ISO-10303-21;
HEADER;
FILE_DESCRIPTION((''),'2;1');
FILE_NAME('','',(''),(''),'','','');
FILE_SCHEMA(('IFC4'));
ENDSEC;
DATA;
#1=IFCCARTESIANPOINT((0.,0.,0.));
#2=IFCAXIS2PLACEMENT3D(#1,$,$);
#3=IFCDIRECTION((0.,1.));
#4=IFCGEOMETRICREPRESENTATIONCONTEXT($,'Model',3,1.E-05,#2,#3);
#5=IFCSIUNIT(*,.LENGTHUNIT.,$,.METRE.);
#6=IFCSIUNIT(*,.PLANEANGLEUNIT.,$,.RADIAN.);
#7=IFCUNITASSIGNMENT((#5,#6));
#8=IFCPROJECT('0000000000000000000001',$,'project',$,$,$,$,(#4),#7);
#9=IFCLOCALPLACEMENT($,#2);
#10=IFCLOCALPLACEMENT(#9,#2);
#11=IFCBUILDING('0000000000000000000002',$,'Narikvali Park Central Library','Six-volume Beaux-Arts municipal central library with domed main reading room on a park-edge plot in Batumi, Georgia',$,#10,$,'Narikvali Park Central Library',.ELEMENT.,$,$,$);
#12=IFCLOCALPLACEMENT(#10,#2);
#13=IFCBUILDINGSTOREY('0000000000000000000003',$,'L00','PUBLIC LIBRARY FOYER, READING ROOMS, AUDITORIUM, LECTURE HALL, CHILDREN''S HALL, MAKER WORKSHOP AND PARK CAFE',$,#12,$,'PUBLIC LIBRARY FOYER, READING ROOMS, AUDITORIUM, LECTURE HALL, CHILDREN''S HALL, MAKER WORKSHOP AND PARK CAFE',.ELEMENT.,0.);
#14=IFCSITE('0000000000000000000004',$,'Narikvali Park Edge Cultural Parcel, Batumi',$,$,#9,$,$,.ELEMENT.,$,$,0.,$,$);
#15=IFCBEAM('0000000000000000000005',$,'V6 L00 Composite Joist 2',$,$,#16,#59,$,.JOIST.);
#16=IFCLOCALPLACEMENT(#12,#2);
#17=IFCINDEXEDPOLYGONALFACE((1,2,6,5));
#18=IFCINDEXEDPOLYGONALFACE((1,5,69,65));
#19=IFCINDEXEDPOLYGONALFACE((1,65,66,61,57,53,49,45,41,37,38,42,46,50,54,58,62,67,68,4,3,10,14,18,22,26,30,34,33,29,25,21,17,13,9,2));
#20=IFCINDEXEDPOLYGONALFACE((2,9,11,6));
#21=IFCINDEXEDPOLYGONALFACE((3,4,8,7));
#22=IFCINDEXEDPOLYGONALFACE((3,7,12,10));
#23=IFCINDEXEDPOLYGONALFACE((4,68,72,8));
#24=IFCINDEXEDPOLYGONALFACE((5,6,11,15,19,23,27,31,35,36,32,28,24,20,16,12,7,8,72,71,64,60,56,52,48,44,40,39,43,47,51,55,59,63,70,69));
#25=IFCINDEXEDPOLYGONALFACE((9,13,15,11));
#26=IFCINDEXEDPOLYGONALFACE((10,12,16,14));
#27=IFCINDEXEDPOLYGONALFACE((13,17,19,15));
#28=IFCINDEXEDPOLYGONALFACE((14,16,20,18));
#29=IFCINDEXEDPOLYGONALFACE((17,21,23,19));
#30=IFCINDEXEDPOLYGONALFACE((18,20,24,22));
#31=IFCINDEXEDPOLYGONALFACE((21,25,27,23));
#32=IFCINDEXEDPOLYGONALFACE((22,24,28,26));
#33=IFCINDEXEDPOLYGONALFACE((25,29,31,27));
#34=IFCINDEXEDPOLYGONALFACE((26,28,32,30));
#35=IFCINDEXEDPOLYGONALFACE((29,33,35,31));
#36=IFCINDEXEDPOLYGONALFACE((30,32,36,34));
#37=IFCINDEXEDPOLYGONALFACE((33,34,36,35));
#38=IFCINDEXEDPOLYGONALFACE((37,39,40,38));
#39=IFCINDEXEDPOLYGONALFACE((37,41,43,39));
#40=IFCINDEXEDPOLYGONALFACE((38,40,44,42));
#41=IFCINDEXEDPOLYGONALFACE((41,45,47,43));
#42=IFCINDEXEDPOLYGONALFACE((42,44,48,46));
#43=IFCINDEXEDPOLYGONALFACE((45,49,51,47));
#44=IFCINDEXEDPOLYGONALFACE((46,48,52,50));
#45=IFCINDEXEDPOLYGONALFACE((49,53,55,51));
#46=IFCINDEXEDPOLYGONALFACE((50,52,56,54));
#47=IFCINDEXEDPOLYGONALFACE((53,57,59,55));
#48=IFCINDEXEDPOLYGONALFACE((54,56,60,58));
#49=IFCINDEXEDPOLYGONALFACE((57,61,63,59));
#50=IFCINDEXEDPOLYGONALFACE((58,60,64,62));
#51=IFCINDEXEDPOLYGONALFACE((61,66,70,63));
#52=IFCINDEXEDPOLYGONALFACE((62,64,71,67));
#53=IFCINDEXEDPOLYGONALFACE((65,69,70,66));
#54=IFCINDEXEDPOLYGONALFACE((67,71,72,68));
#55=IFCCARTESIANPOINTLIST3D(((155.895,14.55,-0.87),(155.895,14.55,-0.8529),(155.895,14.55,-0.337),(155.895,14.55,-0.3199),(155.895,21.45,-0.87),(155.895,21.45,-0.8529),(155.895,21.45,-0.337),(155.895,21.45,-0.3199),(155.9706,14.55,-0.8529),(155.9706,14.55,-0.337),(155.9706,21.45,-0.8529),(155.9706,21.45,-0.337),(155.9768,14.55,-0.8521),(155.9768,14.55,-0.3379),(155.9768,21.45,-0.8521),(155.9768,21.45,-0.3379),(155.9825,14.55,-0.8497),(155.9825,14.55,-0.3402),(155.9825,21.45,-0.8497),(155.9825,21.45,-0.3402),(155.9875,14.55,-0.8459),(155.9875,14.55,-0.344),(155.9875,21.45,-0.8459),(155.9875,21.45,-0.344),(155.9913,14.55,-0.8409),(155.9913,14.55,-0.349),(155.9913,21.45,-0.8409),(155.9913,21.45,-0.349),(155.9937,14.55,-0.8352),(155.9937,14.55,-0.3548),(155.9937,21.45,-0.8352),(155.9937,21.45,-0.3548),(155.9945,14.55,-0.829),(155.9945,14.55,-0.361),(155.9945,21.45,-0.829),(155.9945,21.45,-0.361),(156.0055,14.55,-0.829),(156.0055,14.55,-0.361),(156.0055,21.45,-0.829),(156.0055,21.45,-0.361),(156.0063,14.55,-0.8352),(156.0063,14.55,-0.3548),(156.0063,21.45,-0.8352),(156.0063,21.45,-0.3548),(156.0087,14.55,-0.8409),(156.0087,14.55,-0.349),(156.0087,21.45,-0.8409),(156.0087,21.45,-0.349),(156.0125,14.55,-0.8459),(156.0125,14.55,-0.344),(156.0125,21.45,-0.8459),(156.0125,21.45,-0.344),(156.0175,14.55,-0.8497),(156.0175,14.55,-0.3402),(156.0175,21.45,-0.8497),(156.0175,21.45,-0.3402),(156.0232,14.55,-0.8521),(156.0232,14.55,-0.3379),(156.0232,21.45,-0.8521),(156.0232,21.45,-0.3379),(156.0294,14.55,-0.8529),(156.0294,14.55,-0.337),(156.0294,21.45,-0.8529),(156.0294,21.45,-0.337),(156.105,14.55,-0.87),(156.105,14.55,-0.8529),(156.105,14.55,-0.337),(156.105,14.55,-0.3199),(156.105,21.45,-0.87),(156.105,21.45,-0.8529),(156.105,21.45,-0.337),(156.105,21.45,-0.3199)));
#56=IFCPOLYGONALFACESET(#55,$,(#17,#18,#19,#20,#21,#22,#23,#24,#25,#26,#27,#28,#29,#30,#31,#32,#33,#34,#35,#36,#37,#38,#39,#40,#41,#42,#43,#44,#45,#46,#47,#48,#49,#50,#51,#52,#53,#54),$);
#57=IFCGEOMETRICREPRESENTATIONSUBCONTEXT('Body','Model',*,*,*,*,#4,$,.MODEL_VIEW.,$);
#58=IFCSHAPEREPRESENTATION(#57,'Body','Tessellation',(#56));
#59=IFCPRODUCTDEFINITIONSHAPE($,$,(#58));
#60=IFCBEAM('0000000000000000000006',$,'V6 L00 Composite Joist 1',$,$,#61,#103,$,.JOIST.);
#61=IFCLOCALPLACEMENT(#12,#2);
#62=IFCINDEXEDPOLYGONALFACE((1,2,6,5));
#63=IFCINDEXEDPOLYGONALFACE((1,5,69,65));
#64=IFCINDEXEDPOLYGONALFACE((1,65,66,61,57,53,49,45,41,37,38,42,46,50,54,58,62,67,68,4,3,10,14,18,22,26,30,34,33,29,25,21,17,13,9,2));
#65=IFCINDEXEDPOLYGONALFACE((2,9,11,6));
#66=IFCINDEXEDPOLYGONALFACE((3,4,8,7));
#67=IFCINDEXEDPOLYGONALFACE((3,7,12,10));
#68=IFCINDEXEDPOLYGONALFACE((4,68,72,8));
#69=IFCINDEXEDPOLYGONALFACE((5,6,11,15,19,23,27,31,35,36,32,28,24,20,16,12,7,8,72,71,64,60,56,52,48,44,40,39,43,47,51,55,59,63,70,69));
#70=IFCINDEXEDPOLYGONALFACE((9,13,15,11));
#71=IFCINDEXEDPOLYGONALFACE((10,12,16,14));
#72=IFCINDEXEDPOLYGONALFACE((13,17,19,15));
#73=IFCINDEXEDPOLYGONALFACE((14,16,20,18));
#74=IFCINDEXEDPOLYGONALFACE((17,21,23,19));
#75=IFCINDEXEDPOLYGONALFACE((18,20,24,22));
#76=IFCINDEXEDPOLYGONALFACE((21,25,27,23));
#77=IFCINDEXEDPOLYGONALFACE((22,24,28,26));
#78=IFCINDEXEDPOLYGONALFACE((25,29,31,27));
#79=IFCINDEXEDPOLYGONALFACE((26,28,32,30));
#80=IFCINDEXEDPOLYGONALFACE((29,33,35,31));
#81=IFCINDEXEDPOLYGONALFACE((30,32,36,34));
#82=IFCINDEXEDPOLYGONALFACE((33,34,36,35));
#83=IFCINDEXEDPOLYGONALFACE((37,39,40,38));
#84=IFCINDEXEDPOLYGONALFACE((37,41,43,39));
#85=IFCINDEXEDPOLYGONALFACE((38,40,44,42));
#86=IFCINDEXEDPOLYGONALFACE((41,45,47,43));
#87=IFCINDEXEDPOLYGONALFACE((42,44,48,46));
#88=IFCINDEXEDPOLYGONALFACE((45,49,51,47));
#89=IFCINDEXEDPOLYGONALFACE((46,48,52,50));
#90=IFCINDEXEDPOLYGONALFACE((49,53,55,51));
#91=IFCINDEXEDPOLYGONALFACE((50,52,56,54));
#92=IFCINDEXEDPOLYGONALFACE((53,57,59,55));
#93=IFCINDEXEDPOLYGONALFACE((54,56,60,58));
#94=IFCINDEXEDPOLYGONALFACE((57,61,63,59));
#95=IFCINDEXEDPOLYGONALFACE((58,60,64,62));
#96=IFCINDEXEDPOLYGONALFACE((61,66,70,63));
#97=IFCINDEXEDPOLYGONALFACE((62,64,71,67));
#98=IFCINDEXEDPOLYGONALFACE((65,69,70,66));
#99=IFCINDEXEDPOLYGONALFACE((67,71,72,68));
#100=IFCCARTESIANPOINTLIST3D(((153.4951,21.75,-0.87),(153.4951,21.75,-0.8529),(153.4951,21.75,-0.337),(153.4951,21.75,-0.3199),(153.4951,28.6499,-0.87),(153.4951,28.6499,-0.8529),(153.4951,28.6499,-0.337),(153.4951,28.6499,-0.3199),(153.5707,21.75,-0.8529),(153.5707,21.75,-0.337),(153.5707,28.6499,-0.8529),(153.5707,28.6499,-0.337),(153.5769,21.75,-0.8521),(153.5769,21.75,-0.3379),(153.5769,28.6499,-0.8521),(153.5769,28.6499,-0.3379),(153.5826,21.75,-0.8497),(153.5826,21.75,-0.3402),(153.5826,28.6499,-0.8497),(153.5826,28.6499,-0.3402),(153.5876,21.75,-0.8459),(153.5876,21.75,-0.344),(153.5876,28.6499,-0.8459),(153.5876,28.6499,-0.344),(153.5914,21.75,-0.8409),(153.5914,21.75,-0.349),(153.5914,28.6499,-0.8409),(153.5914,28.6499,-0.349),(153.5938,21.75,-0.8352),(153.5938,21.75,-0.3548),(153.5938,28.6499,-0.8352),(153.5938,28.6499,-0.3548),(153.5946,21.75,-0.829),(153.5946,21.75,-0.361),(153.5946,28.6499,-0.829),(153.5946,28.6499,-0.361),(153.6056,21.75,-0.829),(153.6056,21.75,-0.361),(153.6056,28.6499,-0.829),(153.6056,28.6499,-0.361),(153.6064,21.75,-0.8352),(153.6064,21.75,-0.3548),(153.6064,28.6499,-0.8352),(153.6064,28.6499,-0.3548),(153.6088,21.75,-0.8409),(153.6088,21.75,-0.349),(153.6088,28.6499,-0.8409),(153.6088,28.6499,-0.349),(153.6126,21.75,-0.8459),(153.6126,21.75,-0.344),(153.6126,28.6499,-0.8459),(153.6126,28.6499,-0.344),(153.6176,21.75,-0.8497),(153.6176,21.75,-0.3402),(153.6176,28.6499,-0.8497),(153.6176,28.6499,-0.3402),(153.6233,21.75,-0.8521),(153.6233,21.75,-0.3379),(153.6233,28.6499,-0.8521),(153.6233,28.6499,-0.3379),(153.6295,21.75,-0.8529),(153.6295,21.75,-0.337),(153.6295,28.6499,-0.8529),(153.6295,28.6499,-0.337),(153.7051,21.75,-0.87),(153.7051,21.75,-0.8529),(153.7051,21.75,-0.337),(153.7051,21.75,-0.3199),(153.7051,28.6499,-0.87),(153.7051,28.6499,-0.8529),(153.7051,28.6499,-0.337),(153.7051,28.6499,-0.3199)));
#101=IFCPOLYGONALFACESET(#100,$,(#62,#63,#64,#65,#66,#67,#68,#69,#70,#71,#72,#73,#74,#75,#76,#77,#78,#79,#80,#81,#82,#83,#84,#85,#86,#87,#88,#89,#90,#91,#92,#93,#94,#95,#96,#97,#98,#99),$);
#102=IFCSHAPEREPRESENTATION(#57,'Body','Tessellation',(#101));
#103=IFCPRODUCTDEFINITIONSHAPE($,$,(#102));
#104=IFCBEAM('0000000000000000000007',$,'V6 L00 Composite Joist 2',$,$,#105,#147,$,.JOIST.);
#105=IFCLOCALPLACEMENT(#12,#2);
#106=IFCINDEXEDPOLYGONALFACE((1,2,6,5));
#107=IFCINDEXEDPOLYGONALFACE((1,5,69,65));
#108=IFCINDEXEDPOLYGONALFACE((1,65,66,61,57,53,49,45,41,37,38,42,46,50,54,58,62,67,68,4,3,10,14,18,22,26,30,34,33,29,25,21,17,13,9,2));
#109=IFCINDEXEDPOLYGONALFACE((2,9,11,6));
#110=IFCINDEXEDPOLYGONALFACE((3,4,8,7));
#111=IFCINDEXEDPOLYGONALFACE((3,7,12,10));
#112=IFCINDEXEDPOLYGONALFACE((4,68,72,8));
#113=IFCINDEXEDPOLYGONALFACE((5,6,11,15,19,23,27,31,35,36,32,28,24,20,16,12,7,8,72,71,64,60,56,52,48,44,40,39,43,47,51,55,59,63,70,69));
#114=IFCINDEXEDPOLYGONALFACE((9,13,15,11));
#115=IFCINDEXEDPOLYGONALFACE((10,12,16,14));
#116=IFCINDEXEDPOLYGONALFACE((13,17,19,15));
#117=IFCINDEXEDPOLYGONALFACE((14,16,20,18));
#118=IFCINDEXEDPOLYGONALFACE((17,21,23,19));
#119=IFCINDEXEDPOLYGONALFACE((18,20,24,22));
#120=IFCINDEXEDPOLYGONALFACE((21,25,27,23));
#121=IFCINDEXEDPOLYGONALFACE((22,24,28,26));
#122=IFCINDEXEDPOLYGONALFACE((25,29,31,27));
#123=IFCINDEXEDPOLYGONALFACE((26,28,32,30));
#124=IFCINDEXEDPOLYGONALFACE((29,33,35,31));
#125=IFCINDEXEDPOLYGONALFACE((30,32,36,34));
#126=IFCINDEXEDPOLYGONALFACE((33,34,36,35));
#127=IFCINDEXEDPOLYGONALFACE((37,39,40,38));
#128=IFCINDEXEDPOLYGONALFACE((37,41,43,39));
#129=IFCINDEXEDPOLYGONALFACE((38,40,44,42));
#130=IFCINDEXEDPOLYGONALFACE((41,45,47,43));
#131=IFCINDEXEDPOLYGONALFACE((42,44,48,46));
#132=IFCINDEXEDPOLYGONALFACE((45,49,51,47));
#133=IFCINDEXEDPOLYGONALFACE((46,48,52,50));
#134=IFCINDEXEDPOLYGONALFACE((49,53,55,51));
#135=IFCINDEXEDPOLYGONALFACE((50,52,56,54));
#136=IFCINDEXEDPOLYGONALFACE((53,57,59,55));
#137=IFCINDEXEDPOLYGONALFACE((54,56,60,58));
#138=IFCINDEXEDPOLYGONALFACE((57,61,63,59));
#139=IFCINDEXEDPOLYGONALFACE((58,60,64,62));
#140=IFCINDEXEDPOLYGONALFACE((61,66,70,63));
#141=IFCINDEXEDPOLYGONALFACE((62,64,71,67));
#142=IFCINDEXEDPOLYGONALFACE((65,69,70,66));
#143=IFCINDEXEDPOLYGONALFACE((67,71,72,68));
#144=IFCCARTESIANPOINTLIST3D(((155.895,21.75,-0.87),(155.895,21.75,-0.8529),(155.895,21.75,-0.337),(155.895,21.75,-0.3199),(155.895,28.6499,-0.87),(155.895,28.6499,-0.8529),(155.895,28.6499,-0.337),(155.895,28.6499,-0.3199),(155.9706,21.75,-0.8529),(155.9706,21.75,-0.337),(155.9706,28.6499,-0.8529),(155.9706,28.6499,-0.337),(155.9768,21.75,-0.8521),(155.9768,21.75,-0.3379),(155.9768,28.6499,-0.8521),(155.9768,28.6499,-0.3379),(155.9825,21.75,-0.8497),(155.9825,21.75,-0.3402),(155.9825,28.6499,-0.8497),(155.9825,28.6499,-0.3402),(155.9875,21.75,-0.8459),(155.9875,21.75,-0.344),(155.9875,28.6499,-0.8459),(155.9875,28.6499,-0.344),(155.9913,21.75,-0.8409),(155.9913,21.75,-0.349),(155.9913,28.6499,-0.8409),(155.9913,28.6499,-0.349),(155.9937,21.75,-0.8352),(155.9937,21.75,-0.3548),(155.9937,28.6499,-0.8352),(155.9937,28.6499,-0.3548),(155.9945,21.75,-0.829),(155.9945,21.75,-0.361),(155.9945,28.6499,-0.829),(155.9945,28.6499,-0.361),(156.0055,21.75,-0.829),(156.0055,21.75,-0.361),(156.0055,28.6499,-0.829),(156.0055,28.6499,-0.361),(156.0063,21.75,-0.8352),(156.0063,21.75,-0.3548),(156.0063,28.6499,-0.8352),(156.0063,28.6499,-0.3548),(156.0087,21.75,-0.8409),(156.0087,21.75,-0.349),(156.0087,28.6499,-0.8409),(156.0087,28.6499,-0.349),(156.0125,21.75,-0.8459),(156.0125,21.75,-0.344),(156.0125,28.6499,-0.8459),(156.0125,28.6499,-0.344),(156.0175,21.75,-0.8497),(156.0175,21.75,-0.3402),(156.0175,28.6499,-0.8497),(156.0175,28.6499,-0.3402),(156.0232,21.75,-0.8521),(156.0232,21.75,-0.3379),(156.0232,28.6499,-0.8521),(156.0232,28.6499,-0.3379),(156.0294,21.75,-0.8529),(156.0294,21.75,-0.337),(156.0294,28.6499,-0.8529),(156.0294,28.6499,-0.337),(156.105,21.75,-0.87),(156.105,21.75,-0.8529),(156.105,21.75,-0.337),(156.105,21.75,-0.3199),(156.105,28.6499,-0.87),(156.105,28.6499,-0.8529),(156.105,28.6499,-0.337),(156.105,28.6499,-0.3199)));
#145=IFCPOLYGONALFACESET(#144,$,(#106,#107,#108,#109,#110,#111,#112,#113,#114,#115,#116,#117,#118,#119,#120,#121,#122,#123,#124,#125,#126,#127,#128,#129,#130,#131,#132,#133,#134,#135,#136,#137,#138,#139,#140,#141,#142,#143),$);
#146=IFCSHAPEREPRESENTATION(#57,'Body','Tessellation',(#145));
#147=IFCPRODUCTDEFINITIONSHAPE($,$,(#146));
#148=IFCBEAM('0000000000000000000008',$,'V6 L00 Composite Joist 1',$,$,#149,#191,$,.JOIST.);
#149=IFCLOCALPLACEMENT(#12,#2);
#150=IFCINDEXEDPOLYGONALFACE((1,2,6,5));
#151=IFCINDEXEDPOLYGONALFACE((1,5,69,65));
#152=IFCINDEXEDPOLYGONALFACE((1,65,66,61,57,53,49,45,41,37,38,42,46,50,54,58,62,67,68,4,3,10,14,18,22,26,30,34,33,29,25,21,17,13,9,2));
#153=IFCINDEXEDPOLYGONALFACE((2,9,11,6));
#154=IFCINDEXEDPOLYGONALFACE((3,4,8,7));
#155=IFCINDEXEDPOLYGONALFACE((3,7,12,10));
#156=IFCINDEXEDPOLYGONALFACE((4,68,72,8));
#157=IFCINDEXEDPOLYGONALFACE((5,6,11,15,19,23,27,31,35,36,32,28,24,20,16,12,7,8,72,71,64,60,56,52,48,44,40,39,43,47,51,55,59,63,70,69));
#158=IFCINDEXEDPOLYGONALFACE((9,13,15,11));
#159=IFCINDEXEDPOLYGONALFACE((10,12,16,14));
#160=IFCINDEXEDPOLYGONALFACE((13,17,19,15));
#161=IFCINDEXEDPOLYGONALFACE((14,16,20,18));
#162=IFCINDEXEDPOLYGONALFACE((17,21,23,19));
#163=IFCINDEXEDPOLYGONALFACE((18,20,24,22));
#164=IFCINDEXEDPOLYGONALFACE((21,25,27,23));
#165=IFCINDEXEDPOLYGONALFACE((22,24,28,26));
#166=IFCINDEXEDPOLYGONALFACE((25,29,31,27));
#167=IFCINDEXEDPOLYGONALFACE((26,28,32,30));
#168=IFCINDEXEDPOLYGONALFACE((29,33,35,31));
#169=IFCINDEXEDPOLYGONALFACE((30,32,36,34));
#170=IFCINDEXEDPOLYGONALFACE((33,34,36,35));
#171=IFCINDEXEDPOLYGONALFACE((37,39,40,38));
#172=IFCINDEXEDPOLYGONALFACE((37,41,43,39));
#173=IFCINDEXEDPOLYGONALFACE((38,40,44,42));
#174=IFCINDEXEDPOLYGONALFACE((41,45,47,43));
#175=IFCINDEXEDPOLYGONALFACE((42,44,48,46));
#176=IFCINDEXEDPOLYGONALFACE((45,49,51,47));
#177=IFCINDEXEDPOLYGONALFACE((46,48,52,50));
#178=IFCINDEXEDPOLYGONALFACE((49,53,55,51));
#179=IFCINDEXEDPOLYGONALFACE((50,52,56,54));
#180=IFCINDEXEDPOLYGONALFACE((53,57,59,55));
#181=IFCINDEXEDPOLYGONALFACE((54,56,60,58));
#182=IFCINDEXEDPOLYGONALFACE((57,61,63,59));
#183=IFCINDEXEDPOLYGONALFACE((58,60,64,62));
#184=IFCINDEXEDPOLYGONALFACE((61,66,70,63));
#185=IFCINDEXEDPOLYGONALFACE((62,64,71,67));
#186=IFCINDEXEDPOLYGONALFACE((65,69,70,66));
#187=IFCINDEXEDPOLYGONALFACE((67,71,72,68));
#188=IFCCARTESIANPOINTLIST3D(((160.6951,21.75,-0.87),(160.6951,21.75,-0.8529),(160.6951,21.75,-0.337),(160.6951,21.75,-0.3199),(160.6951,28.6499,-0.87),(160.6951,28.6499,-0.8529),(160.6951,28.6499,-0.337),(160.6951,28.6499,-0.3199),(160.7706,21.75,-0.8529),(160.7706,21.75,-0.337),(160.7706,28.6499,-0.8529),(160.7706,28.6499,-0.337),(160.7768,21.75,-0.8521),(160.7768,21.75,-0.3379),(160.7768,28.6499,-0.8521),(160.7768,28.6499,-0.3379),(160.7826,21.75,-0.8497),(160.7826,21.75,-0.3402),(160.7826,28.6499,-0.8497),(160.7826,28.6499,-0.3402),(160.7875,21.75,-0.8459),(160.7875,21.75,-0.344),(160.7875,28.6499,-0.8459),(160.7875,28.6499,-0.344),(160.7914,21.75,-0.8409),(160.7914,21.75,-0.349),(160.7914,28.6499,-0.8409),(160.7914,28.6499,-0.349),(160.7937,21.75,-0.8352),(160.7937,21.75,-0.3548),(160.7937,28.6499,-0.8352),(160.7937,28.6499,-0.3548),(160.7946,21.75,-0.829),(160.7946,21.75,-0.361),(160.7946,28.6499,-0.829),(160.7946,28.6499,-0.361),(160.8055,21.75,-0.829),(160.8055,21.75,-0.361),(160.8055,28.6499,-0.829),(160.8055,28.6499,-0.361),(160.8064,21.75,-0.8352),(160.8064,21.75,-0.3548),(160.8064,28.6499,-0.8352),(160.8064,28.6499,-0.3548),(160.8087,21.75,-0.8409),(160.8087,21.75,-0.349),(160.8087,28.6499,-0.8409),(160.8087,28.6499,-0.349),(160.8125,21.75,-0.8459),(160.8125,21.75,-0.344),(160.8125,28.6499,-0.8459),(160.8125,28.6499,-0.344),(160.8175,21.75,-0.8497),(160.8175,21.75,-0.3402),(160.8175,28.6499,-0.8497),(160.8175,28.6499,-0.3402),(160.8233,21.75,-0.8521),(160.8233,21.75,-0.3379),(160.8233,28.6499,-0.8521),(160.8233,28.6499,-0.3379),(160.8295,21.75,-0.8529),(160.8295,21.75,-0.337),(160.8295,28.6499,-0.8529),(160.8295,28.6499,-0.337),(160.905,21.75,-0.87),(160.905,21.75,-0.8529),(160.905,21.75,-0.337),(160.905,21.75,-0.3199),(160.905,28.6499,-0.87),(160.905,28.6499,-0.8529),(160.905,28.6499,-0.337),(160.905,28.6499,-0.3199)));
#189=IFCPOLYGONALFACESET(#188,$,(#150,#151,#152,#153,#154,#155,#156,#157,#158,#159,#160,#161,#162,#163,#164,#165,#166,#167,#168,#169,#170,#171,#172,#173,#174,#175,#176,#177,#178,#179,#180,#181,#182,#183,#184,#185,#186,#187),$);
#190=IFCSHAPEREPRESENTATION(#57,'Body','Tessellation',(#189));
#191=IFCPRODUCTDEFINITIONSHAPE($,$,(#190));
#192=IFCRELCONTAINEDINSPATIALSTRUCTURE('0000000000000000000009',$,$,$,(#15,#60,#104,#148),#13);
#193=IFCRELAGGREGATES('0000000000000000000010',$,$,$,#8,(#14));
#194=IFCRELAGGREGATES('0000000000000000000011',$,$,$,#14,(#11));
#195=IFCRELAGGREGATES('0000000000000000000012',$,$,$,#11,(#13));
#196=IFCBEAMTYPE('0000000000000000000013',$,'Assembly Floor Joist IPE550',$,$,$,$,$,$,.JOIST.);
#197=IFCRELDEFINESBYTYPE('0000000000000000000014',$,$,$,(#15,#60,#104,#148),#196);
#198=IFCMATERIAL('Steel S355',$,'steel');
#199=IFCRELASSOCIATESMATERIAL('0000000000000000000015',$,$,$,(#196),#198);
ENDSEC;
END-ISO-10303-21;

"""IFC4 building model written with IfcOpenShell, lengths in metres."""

from ifc_helpers import new_model, si_unit, direction, frame, origin, origin_2d, place, context, subcontext, project, spatial, i_section, extrude, material, material_profile, profile_set, type_object, element, save


model = new_model("IFC4")

# Units and contexts
model_context = context("Model", 3, precision=1e-05, world=origin(), true_north=direction((0.0, 1.0)))
body_context = subcontext(model_context, "Body", "Model", "MODEL_VIEW")
ifc_project = project(units=[si_unit("LENGTHUNIT", "METRE"), si_unit("PLANEANGLEUNIT", "RADIAN")], contexts=[model_context])

# Site, building, storey
site_placement = place(None, origin())
site = spatial("IfcSite", under=ifc_project, at=site_placement, Name="Narikvali Park Edge Cultural Parcel, Batumi", CompositionType="ELEMENT", RefElevation=0.0)
building_placement = place(site_placement, origin())
building = spatial("IfcBuilding", under=site, at=building_placement, Name="Narikvali Park Central Library", Description="Six-volume Beaux-Arts municipal central library with domed main reading room on a park-edge plot in Batumi, Georgia", LongName="Narikvali Park Central Library", CompositionType="ELEMENT")
storey_placement = place(building_placement, origin())
storey = spatial("IfcBuildingStorey", under=building, at=storey_placement, Name="L00", Description="PUBLIC LIBRARY FOYER, READING ROOMS, AUDITORIUM, LECTURE HALL, CHILDREN'S HALL, MAKER WORKSHOP AND PARK CAFE", LongName="PUBLIC LIBRARY FOYER, READING ROOMS, AUDITORIUM, LECTURE HALL, CHILDREN'S HALL, MAKER WORKSHOP AND PARK CAFE", CompositionType="ELEMENT", Elevation=0.0)

# Shared definitions
ifc_material_1 = material(Name="Steel S355", Category="steel")

# Beams
ifc_material_profile_1 = material_profile(ifc_material_1, i_section(OverallWidth=0.21, OverallDepth=0.55, WebThickness=0.011, FlangeThickness=0.0171, FilletRadius=0.0239, at=origin_2d()), Name="IPE 550")
ifc_profile_set_1 = profile_set([ifc_material_profile_1], Name="Steel S355")
beam_type_1 = type_object("IfcBeamType", Name="Assembly Floor Joist IPE550", PredefinedType="JOIST", material=ifc_profile_set_1)
for number, where, z_axis, x_axis, name in (
    (1, (156.0, 14.55, -0.595), (0.0, 1.0, 0.0), (-1.0, 0.0, 0.0), "V6 L00 Composite Joist 2"),
    (2, (153.6001, 21.75, -0.595), (0.0, 1.0, 0.0), (-1.0, 0.0, 0.0), "V6 L00 Composite Joist 1"),
    (3, (156.0, 21.75, -0.595), (0.0, 1.0, 0.0), (-1.0, 0.0, 0.0), "V6 L00 Composite Joist 2"),
    (4, (160.8, 21.75, -0.595), (0.0, 1.0, 0.0), (-1.0, 0.0, 0.0), "V6 L00 Composite Joist 1"),
):
    element("IfcBeam", number, at=place(storey_placement, frame(where, z_axis=z_axis, x_axis=x_axis)), inside=storey, type_object=beam_type_1, Name=name, PredefinedType="JOIST", context=body_context, shape_type="SweptSolid", body=[
        extrude(i_section(OverallWidth=0.21, OverallDepth=0.55, WebThickness=0.011, FlangeThickness=0.0171, FilletRadius=0.0239, at=origin_2d()), origin(), (0.0, 0.0, 1.0), 6.8999),
    ])

save(model, "model.ifc")
